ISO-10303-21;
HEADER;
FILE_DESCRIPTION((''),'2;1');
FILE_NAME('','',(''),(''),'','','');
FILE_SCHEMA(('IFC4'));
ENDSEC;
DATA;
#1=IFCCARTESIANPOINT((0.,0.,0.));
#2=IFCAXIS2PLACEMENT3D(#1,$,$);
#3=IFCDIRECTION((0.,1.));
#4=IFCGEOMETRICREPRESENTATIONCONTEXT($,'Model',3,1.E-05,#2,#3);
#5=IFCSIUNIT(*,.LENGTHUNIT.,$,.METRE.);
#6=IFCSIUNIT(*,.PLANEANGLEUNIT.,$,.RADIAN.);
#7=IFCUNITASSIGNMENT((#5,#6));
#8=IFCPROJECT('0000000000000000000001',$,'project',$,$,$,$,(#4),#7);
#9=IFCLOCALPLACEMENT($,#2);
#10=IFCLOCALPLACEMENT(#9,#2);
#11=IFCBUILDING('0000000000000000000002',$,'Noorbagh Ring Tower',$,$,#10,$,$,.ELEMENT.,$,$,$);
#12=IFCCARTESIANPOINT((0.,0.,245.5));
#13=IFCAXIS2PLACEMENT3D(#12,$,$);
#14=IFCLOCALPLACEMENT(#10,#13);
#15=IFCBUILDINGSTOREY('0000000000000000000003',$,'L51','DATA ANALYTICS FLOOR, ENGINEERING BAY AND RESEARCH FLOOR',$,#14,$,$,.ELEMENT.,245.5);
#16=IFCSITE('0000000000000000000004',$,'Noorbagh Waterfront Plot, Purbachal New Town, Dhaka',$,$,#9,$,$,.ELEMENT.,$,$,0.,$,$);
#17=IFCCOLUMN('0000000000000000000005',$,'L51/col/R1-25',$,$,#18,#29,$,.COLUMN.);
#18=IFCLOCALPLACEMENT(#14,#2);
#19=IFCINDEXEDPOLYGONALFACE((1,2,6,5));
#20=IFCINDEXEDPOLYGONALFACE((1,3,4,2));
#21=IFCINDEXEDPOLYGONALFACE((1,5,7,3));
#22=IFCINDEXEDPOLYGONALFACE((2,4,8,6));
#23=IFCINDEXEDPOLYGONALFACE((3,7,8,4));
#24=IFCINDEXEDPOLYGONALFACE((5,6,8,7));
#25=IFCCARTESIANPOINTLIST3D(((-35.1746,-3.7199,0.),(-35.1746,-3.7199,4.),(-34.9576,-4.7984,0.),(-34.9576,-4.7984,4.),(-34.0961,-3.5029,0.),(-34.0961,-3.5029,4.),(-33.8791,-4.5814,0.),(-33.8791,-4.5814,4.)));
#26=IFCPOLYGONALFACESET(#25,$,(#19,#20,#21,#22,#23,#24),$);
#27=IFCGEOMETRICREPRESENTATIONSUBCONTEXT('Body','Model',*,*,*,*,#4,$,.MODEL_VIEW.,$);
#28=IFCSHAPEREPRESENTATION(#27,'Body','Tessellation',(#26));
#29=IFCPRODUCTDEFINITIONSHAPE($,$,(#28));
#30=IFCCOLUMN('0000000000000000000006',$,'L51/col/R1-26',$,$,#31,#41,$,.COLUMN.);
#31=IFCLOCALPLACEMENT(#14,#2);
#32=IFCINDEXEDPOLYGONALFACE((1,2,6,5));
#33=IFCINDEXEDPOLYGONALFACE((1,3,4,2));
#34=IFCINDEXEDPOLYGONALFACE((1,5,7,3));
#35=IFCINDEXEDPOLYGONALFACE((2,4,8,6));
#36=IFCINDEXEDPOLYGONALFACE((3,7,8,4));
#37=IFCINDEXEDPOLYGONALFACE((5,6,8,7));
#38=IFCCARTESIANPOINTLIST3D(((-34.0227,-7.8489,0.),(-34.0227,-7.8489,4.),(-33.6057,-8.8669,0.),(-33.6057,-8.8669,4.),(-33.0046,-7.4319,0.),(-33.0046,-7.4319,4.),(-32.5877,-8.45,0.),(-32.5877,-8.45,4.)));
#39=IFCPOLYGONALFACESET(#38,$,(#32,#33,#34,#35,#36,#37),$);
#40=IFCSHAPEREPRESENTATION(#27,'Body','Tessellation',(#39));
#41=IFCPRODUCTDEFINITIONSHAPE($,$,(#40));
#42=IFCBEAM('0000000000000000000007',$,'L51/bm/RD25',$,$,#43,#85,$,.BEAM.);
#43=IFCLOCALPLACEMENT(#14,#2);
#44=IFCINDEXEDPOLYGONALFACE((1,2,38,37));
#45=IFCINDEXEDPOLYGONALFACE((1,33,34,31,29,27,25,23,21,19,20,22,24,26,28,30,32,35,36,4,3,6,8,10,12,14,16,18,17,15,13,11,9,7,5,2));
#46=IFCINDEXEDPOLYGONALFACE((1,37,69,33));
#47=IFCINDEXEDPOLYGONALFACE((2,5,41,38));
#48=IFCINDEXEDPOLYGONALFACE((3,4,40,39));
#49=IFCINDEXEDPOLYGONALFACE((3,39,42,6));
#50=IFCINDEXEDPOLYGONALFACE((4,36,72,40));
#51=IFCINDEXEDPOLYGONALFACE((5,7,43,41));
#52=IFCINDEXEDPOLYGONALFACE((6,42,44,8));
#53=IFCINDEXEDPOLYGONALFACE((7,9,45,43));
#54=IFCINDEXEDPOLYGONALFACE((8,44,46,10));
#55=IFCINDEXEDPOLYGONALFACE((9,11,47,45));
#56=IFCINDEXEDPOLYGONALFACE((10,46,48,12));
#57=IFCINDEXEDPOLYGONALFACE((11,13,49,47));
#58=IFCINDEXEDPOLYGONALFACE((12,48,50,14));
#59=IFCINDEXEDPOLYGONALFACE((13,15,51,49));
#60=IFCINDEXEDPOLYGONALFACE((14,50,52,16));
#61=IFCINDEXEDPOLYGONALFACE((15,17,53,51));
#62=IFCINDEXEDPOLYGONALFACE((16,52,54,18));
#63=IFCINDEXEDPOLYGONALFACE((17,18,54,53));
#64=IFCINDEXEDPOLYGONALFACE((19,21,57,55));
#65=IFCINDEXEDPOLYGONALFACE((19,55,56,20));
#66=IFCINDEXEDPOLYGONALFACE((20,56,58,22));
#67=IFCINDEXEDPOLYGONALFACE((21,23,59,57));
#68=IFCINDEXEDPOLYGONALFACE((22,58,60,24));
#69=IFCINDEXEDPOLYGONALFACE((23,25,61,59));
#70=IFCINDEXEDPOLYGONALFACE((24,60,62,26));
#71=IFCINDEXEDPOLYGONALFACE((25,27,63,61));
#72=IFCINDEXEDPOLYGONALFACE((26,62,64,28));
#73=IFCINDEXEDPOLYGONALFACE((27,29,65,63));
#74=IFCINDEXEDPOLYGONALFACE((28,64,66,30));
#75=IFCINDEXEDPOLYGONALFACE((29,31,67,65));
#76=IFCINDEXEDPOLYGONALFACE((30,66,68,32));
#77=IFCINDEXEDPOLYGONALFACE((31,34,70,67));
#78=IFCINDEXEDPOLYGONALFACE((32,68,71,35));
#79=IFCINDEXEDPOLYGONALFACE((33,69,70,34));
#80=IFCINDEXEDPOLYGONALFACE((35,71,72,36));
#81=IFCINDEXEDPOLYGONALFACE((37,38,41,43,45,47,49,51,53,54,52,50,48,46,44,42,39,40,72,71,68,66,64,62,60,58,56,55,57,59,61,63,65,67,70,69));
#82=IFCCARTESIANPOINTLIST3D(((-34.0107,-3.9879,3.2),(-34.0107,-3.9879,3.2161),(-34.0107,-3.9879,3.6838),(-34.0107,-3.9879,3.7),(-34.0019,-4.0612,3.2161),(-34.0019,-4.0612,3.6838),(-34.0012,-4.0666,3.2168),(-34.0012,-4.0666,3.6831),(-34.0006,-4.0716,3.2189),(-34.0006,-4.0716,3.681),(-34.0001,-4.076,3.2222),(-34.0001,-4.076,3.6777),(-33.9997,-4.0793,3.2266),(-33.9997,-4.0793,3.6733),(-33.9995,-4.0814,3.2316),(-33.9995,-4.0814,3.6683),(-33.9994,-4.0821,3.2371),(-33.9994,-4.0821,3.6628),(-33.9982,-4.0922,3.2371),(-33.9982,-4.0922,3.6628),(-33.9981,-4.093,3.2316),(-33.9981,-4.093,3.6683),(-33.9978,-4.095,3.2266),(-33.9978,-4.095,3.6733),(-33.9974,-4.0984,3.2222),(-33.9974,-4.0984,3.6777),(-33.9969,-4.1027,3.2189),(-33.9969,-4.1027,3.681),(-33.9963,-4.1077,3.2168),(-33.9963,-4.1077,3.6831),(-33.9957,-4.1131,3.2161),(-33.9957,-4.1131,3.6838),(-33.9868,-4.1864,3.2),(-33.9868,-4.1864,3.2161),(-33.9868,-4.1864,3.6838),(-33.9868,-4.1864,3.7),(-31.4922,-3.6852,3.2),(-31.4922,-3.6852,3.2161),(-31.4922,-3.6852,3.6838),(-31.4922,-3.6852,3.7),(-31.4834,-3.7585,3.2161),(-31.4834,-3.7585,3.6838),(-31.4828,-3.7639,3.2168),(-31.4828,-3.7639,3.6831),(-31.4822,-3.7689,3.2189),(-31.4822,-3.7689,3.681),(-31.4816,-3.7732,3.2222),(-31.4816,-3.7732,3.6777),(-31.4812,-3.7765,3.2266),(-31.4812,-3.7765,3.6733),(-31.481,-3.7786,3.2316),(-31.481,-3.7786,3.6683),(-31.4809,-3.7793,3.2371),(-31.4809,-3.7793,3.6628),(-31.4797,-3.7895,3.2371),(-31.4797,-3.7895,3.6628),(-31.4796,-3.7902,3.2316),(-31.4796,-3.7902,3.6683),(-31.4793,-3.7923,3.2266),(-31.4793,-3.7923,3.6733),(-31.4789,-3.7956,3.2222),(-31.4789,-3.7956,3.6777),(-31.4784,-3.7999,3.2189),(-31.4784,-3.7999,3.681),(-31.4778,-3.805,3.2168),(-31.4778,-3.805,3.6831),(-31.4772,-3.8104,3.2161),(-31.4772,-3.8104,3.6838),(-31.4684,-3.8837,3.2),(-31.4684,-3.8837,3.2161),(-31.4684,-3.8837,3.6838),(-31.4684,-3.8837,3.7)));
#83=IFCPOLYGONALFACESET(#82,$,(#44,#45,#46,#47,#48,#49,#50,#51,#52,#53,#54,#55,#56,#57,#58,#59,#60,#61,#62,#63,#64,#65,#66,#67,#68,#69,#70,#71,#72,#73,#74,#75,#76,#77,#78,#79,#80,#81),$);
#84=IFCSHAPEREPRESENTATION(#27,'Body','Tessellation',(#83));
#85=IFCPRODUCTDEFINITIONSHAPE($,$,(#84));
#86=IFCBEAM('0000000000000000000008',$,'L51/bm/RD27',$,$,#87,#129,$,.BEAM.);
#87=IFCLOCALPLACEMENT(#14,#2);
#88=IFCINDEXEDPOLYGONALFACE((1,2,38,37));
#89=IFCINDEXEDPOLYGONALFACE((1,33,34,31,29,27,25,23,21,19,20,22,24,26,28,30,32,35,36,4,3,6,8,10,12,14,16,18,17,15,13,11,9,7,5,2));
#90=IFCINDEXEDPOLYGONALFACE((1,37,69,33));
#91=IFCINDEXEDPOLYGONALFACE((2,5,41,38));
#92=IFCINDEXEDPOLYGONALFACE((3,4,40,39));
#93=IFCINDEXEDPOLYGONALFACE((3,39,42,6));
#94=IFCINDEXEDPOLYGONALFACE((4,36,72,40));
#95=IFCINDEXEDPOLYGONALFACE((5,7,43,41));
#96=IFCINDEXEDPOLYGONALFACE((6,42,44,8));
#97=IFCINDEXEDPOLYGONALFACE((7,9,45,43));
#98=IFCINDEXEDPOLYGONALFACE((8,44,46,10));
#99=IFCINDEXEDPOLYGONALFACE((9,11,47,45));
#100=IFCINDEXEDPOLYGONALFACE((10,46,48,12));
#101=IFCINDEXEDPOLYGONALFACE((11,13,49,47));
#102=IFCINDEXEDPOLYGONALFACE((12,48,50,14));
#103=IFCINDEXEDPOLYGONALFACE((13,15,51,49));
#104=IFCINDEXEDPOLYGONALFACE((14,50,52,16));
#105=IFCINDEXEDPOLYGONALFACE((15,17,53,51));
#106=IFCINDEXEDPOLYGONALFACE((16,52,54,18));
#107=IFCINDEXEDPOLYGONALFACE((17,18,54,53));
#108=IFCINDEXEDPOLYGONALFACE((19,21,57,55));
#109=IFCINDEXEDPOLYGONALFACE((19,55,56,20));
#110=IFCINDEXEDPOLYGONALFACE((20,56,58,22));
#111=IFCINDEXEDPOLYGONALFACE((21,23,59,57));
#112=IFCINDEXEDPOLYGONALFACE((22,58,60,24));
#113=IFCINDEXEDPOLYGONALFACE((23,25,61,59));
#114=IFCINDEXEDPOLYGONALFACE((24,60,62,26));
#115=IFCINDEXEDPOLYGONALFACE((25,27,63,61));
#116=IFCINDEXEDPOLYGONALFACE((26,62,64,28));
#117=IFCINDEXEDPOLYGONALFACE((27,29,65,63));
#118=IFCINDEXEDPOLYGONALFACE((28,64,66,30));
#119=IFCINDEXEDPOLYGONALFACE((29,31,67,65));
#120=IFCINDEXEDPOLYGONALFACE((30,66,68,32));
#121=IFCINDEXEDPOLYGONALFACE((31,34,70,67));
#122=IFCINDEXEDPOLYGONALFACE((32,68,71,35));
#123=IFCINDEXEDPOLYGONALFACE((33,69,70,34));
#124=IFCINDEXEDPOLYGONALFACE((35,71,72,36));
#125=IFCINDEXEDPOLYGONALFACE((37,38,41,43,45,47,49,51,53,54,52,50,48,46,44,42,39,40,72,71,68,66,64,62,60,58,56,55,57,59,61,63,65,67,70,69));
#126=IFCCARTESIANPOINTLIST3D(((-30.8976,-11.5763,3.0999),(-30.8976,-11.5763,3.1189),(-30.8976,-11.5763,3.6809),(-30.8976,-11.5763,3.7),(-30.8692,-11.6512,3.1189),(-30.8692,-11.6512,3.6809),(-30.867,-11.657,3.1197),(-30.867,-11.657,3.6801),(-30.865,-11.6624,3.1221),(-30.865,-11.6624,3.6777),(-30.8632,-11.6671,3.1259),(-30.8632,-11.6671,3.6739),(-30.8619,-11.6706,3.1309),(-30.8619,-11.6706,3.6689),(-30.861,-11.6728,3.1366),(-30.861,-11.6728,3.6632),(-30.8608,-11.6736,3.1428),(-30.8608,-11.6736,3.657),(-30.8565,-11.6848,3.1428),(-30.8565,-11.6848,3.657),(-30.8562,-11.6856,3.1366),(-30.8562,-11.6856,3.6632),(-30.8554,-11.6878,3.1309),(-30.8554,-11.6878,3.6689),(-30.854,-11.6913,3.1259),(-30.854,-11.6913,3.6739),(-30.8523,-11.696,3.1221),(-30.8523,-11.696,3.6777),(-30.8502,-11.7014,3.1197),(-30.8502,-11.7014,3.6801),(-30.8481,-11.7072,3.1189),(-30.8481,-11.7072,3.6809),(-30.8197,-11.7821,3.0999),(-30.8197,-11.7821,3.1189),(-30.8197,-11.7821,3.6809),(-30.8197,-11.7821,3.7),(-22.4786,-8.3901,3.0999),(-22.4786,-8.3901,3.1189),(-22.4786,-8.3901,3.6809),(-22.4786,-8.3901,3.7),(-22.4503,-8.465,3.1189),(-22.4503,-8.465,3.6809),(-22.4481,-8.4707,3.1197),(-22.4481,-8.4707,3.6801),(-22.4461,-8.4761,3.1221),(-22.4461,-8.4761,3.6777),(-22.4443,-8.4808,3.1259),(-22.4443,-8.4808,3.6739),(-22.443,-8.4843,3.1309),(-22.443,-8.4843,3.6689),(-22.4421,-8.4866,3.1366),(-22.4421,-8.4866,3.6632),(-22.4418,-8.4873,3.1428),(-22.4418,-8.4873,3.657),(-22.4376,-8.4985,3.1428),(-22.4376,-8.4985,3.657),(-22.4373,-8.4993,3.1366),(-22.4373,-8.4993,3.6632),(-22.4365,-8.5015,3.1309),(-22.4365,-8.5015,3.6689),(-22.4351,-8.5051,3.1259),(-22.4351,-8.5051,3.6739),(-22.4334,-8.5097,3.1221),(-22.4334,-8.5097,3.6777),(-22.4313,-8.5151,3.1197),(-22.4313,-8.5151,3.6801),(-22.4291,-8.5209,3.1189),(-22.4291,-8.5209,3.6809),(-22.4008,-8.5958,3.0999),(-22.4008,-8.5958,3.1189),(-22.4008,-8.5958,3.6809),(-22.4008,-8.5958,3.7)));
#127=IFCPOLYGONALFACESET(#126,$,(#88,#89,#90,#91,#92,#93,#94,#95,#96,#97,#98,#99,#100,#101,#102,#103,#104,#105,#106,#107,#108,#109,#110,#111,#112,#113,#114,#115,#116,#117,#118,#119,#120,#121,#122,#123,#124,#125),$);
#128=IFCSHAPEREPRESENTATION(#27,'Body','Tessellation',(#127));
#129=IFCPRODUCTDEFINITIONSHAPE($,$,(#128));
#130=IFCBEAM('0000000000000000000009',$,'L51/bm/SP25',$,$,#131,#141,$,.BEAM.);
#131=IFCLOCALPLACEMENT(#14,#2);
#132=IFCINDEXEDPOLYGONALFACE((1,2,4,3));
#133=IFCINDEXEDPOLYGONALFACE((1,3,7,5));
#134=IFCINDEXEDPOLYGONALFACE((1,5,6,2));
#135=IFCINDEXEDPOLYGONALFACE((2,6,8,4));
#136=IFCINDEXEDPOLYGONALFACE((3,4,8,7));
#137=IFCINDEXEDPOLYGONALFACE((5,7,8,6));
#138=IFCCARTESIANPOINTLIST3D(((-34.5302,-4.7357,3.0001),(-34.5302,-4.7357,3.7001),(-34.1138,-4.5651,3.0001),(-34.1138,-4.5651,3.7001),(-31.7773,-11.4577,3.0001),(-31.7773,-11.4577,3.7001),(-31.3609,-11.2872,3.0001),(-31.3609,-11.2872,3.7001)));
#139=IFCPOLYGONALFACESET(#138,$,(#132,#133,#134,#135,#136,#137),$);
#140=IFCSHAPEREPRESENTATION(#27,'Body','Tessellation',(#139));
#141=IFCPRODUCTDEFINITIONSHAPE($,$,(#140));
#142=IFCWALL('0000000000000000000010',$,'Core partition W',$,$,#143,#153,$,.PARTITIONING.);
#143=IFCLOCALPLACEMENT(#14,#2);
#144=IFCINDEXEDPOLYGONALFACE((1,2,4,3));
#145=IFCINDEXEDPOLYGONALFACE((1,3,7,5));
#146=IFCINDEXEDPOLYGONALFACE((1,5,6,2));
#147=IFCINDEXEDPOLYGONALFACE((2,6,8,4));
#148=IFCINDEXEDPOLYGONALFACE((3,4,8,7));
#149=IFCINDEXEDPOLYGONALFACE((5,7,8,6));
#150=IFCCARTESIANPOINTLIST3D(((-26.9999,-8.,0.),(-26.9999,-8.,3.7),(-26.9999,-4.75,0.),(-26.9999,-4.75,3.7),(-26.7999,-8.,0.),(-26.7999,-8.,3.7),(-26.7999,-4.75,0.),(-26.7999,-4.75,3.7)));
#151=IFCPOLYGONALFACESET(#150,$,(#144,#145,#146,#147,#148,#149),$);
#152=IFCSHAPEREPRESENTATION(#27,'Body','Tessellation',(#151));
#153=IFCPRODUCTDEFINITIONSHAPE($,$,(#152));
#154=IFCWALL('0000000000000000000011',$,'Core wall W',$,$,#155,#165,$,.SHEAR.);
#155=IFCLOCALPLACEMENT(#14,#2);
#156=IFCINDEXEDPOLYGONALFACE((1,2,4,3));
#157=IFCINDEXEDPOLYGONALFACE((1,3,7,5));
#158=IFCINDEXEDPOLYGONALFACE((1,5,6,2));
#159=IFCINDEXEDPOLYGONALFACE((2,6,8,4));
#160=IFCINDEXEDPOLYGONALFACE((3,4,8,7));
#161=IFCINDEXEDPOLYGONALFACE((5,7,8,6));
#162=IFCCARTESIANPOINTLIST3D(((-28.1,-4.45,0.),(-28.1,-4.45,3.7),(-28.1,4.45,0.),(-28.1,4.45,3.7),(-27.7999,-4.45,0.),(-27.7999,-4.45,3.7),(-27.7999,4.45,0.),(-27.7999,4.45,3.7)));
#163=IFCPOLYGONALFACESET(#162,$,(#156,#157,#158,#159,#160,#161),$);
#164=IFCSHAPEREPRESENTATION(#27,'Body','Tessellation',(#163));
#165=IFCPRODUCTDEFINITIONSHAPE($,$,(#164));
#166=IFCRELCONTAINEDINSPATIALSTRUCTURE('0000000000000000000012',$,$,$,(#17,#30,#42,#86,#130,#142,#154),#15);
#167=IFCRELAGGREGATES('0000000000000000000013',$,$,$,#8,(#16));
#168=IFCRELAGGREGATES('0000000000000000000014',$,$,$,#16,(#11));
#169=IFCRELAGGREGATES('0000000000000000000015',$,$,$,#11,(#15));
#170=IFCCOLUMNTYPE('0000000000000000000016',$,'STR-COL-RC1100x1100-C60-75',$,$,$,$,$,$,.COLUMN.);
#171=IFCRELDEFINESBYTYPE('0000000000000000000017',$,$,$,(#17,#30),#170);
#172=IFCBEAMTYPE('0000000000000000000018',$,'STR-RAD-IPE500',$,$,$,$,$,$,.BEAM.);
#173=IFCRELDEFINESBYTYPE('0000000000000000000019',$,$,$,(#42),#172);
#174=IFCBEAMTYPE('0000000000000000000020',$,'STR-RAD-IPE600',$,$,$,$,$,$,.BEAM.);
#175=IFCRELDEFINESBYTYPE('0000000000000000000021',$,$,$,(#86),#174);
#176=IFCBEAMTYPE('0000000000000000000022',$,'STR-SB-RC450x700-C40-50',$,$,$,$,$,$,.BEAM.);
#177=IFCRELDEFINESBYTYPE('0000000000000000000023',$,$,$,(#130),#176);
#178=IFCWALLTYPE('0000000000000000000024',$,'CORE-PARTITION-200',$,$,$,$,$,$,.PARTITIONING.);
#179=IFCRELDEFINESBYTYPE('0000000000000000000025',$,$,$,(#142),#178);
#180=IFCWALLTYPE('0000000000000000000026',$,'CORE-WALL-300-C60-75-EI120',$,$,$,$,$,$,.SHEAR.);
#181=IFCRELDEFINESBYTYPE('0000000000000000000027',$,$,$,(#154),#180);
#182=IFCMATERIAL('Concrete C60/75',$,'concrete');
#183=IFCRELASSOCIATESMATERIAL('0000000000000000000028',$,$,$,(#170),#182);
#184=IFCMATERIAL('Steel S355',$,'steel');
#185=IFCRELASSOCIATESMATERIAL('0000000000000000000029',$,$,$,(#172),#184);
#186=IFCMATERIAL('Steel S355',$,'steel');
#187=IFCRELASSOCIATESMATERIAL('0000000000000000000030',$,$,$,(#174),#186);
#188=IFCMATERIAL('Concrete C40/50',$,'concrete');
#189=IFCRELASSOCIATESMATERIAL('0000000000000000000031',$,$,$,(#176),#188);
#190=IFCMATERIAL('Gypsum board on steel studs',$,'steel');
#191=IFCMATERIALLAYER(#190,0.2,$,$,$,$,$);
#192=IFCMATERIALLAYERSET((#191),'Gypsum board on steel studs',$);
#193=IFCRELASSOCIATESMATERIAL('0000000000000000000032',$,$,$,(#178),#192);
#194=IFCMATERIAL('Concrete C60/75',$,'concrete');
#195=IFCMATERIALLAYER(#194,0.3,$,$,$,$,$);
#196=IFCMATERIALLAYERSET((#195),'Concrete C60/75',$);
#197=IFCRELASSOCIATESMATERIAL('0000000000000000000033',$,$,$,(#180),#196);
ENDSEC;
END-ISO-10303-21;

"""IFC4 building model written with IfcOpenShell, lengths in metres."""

from ifc_helpers import new_model, si_unit, direction, frame, frame_2d, origin, origin_2d, place, context, subcontext, project, spatial, rectangle, i_section, extrude, material, layer, layer_set, material_profile, profile_set, type_object, element, save


model = new_model("IFC4")

# Units and contexts
model_context = context("Model", 3, precision=1e-05, world=origin(), true_north=direction((0.0, 1.0)))
body_context = subcontext(model_context, "Body", "Model", "MODEL_VIEW")
ifc_project = project(units=[si_unit("LENGTHUNIT", "METRE"), si_unit("PLANEANGLEUNIT", "RADIAN")], contexts=[model_context])

# Site, building, storey
site_placement = place(None, origin())
site = spatial("IfcSite", under=ifc_project, at=site_placement, Name="Noorbagh Waterfront Plot, Purbachal New Town, Dhaka", CompositionType="ELEMENT", RefElevation=0.0)
building_placement = place(site_placement, origin())
building = spatial("IfcBuilding", under=site, at=building_placement, Name="Noorbagh Ring Tower", CompositionType="ELEMENT")
storey_placement = place(building_placement, frame((0.0, 0.0, 245.5)))
storey = spatial("IfcBuildingStorey", under=building, at=storey_placement, Name="L51", Description="DATA ANALYTICS FLOOR, ENGINEERING BAY AND RESEARCH FLOOR", CompositionType="ELEMENT", Elevation=245.5)

# Columns
ifc_material_1 = material(Name="Concrete C60/75", Category="concrete")
ifc_material_profile_1 = material_profile(ifc_material_1, rectangle(XDim=1.1001, YDim=1.1001, at=origin_2d()), Name="RC1100x1100")
ifc_profile_set_1 = profile_set([ifc_material_profile_1], Name="Concrete C60/75")
column_type = type_object("IfcColumnType", Name="STR-COL-RC1100x1100-C60-75", PredefinedType="COLUMN", material=ifc_profile_set_1)
for number, where, z_axis, x_axis, name in (
    (1, (-34.5269, -4.1506, 0.0), (0.0, 0.0, 1.0), (0.19723, -0.980357, 0.0), "L51/col/R1-25"),
    (2, (-33.3052, -8.1494, 0.0), (0.0, 0.0, 1.0), (0.378989, -0.925401, 0.0), "L51/col/R1-26"),
):
    element("IfcColumn", number, at=place(storey_placement, frame(where, z_axis=z_axis, x_axis=x_axis)), inside=storey, type_object=column_type, Name=name, PredefinedType="COLUMN", context=body_context, shape_type="SweptSolid", body=[
        extrude(rectangle(XDim=1.1001, YDim=1.1001, at=origin_2d()), origin(), (0.0, 0.0, 1.0), 4.0),
    ])

# Beams
ifc_material_2 = material(Name="Steel S355", Category="steel")
ifc_material_profile_2 = material_profile(ifc_material_2, i_section(OverallWidth=0.2, OverallDepth=0.5, WebThickness=0.0103, FlangeThickness=0.0161, FilletRadius=0.021, at=origin_2d()), Name="IPE500")
ifc_profile_set_2 = profile_set([ifc_material_profile_2], Name="Steel S355")
beam_type_1 = type_object("IfcBeamType", Name="STR-RAD-IPE500", PredefinedType="BEAM", material=ifc_profile_set_2)
beam_1_placement = place(storey_placement, frame((-33.9988, -4.0872, 3.45), z_axis=(0.992853, 0.119343, 0.0), x_axis=(-0.119343, 0.992853, 0.0)))
element("IfcBeam", 3, at=beam_1_placement, inside=storey, type_object=beam_type_1, Name="L51/bm/RD25", PredefinedType="BEAM", context=body_context, shape_type="SweptSolid", body=[
    extrude(i_section(OverallWidth=0.2, OverallDepth=0.5, WebThickness=0.0103, FlangeThickness=0.0161, FilletRadius=0.021, at=origin_2d()), origin(), (0.0, 0.0, 1.0), 2.5366),
])
ifc_material_3 = material(Name="Steel S355", Category="steel")
ifc_material_profile_3 = material_profile(ifc_material_3, i_section(OverallWidth=0.22, OverallDepth=0.6001, WebThickness=0.012, FlangeThickness=0.019, FilletRadius=0.0239, at=origin_2d()), Name="IPE600")
ifc_profile_set_3 = profile_set([ifc_material_profile_3], Name="Steel S355")
beam_type_2 = type_object("IfcBeamType", Name="STR-RAD-IPE600", PredefinedType="BEAM", material=ifc_profile_set_3)
beam_2_placement = place(storey_placement, frame((-30.8586, -11.6792, 3.3999), z_axis=(0.935259, 0.353963, 0.0), x_axis=(-0.353963, 0.935259, 0.0)))
element("IfcBeam", 4, at=beam_2_placement, inside=storey, type_object=beam_type_2, Name="L51/bm/RD27", PredefinedType="BEAM", context=body_context, shape_type="SweptSolid", body=[
    extrude(i_section(OverallWidth=0.22, OverallDepth=0.6001, WebThickness=0.012, FlangeThickness=0.019, FilletRadius=0.0239, at=origin_2d()), origin(), (0.0, 0.0, 1.0), 9.0017),
])
ifc_material_4 = material(Name="Concrete C40/50", Category="concrete")
ifc_material_profile_4 = material_profile(ifc_material_4, rectangle(XDim=0.45, YDim=0.7, at=origin_2d()), Name="RC450x700")
ifc_profile_set_4 = profile_set([ifc_material_profile_4], Name="Concrete C40/50")
beam_type_3 = type_object("IfcBeamType", Name="STR-SB-RC450x700-C40-50", PredefinedType="BEAM", material=ifc_profile_set_4)
beam_3_placement = place(storey_placement, frame((-34.322, -4.6504, 3.3501), z_axis=(0.378981, -0.925404, 0.0), x_axis=(0.925404, 0.378981, 0.0)))
element("IfcBeam", 5, at=beam_3_placement, inside=storey, type_object=beam_type_3, Name="L51/bm/SP25", PredefinedType="BEAM", context=body_context, shape_type="SweptSolid", body=[
    extrude(rectangle(XDim=0.45, YDim=0.7, at=origin_2d()), origin(), (0.0, 0.0, 1.0), 7.2639),
])

# Walls
ifc_material_5 = material(Name="Gypsum board on steel studs", Category="steel")
ifc_layer_1 = layer(ifc_material_5, 0.2)
ifc_layer_set_1 = layer_set([ifc_layer_1], Name="Gypsum board on steel studs")
wall_type_1 = type_object("IfcWallType", Name="CORE-PARTITION-200", PredefinedType="PARTITIONING", material=ifc_layer_set_1)
wall_1_placement = place(storey_placement, frame((-26.8999, -8.0, 0.0), z_axis=(0.0, 0.0, 1.0), x_axis=(0.0, 1.0, 0.0)))
element("IfcWall", 6, at=wall_1_placement, inside=storey, type_object=wall_type_1, Name="Core partition W", PredefinedType="PARTITIONING", context=body_context, shape_type="SweptSolid", body=[
    extrude(rectangle(XDim=3.25, YDim=0.2, at=frame_2d((1.625, 0.0))), origin(), (0.0, 0.0, 1.0), 3.7),
])
ifc_material_6 = material(Name="Concrete C60/75", Category="concrete")
ifc_layer_2 = layer(ifc_material_6, 0.3)
ifc_layer_set_2 = layer_set([ifc_layer_2], Name="Concrete C60/75")
wall_type_2 = type_object("IfcWallType", Name="CORE-WALL-300-C60-75-EI120", PredefinedType="SHEAR", material=ifc_layer_set_2)
wall_2_placement = place(storey_placement, frame((-27.95, -4.45, 0.0), z_axis=(0.0, 0.0, 1.0), x_axis=(0.0, 1.0, 0.0)))
element("IfcWall", 7, at=wall_2_placement, inside=storey, type_object=wall_type_2, Name="Core wall W", PredefinedType="SHEAR", context=body_context, shape_type="SweptSolid", body=[
    extrude(rectangle(XDim=8.8999, YDim=0.3, at=frame_2d((4.45, 0.0))), origin(), (0.0, 0.0, 1.0), 3.7),
])

save(model, "model.ifc")
